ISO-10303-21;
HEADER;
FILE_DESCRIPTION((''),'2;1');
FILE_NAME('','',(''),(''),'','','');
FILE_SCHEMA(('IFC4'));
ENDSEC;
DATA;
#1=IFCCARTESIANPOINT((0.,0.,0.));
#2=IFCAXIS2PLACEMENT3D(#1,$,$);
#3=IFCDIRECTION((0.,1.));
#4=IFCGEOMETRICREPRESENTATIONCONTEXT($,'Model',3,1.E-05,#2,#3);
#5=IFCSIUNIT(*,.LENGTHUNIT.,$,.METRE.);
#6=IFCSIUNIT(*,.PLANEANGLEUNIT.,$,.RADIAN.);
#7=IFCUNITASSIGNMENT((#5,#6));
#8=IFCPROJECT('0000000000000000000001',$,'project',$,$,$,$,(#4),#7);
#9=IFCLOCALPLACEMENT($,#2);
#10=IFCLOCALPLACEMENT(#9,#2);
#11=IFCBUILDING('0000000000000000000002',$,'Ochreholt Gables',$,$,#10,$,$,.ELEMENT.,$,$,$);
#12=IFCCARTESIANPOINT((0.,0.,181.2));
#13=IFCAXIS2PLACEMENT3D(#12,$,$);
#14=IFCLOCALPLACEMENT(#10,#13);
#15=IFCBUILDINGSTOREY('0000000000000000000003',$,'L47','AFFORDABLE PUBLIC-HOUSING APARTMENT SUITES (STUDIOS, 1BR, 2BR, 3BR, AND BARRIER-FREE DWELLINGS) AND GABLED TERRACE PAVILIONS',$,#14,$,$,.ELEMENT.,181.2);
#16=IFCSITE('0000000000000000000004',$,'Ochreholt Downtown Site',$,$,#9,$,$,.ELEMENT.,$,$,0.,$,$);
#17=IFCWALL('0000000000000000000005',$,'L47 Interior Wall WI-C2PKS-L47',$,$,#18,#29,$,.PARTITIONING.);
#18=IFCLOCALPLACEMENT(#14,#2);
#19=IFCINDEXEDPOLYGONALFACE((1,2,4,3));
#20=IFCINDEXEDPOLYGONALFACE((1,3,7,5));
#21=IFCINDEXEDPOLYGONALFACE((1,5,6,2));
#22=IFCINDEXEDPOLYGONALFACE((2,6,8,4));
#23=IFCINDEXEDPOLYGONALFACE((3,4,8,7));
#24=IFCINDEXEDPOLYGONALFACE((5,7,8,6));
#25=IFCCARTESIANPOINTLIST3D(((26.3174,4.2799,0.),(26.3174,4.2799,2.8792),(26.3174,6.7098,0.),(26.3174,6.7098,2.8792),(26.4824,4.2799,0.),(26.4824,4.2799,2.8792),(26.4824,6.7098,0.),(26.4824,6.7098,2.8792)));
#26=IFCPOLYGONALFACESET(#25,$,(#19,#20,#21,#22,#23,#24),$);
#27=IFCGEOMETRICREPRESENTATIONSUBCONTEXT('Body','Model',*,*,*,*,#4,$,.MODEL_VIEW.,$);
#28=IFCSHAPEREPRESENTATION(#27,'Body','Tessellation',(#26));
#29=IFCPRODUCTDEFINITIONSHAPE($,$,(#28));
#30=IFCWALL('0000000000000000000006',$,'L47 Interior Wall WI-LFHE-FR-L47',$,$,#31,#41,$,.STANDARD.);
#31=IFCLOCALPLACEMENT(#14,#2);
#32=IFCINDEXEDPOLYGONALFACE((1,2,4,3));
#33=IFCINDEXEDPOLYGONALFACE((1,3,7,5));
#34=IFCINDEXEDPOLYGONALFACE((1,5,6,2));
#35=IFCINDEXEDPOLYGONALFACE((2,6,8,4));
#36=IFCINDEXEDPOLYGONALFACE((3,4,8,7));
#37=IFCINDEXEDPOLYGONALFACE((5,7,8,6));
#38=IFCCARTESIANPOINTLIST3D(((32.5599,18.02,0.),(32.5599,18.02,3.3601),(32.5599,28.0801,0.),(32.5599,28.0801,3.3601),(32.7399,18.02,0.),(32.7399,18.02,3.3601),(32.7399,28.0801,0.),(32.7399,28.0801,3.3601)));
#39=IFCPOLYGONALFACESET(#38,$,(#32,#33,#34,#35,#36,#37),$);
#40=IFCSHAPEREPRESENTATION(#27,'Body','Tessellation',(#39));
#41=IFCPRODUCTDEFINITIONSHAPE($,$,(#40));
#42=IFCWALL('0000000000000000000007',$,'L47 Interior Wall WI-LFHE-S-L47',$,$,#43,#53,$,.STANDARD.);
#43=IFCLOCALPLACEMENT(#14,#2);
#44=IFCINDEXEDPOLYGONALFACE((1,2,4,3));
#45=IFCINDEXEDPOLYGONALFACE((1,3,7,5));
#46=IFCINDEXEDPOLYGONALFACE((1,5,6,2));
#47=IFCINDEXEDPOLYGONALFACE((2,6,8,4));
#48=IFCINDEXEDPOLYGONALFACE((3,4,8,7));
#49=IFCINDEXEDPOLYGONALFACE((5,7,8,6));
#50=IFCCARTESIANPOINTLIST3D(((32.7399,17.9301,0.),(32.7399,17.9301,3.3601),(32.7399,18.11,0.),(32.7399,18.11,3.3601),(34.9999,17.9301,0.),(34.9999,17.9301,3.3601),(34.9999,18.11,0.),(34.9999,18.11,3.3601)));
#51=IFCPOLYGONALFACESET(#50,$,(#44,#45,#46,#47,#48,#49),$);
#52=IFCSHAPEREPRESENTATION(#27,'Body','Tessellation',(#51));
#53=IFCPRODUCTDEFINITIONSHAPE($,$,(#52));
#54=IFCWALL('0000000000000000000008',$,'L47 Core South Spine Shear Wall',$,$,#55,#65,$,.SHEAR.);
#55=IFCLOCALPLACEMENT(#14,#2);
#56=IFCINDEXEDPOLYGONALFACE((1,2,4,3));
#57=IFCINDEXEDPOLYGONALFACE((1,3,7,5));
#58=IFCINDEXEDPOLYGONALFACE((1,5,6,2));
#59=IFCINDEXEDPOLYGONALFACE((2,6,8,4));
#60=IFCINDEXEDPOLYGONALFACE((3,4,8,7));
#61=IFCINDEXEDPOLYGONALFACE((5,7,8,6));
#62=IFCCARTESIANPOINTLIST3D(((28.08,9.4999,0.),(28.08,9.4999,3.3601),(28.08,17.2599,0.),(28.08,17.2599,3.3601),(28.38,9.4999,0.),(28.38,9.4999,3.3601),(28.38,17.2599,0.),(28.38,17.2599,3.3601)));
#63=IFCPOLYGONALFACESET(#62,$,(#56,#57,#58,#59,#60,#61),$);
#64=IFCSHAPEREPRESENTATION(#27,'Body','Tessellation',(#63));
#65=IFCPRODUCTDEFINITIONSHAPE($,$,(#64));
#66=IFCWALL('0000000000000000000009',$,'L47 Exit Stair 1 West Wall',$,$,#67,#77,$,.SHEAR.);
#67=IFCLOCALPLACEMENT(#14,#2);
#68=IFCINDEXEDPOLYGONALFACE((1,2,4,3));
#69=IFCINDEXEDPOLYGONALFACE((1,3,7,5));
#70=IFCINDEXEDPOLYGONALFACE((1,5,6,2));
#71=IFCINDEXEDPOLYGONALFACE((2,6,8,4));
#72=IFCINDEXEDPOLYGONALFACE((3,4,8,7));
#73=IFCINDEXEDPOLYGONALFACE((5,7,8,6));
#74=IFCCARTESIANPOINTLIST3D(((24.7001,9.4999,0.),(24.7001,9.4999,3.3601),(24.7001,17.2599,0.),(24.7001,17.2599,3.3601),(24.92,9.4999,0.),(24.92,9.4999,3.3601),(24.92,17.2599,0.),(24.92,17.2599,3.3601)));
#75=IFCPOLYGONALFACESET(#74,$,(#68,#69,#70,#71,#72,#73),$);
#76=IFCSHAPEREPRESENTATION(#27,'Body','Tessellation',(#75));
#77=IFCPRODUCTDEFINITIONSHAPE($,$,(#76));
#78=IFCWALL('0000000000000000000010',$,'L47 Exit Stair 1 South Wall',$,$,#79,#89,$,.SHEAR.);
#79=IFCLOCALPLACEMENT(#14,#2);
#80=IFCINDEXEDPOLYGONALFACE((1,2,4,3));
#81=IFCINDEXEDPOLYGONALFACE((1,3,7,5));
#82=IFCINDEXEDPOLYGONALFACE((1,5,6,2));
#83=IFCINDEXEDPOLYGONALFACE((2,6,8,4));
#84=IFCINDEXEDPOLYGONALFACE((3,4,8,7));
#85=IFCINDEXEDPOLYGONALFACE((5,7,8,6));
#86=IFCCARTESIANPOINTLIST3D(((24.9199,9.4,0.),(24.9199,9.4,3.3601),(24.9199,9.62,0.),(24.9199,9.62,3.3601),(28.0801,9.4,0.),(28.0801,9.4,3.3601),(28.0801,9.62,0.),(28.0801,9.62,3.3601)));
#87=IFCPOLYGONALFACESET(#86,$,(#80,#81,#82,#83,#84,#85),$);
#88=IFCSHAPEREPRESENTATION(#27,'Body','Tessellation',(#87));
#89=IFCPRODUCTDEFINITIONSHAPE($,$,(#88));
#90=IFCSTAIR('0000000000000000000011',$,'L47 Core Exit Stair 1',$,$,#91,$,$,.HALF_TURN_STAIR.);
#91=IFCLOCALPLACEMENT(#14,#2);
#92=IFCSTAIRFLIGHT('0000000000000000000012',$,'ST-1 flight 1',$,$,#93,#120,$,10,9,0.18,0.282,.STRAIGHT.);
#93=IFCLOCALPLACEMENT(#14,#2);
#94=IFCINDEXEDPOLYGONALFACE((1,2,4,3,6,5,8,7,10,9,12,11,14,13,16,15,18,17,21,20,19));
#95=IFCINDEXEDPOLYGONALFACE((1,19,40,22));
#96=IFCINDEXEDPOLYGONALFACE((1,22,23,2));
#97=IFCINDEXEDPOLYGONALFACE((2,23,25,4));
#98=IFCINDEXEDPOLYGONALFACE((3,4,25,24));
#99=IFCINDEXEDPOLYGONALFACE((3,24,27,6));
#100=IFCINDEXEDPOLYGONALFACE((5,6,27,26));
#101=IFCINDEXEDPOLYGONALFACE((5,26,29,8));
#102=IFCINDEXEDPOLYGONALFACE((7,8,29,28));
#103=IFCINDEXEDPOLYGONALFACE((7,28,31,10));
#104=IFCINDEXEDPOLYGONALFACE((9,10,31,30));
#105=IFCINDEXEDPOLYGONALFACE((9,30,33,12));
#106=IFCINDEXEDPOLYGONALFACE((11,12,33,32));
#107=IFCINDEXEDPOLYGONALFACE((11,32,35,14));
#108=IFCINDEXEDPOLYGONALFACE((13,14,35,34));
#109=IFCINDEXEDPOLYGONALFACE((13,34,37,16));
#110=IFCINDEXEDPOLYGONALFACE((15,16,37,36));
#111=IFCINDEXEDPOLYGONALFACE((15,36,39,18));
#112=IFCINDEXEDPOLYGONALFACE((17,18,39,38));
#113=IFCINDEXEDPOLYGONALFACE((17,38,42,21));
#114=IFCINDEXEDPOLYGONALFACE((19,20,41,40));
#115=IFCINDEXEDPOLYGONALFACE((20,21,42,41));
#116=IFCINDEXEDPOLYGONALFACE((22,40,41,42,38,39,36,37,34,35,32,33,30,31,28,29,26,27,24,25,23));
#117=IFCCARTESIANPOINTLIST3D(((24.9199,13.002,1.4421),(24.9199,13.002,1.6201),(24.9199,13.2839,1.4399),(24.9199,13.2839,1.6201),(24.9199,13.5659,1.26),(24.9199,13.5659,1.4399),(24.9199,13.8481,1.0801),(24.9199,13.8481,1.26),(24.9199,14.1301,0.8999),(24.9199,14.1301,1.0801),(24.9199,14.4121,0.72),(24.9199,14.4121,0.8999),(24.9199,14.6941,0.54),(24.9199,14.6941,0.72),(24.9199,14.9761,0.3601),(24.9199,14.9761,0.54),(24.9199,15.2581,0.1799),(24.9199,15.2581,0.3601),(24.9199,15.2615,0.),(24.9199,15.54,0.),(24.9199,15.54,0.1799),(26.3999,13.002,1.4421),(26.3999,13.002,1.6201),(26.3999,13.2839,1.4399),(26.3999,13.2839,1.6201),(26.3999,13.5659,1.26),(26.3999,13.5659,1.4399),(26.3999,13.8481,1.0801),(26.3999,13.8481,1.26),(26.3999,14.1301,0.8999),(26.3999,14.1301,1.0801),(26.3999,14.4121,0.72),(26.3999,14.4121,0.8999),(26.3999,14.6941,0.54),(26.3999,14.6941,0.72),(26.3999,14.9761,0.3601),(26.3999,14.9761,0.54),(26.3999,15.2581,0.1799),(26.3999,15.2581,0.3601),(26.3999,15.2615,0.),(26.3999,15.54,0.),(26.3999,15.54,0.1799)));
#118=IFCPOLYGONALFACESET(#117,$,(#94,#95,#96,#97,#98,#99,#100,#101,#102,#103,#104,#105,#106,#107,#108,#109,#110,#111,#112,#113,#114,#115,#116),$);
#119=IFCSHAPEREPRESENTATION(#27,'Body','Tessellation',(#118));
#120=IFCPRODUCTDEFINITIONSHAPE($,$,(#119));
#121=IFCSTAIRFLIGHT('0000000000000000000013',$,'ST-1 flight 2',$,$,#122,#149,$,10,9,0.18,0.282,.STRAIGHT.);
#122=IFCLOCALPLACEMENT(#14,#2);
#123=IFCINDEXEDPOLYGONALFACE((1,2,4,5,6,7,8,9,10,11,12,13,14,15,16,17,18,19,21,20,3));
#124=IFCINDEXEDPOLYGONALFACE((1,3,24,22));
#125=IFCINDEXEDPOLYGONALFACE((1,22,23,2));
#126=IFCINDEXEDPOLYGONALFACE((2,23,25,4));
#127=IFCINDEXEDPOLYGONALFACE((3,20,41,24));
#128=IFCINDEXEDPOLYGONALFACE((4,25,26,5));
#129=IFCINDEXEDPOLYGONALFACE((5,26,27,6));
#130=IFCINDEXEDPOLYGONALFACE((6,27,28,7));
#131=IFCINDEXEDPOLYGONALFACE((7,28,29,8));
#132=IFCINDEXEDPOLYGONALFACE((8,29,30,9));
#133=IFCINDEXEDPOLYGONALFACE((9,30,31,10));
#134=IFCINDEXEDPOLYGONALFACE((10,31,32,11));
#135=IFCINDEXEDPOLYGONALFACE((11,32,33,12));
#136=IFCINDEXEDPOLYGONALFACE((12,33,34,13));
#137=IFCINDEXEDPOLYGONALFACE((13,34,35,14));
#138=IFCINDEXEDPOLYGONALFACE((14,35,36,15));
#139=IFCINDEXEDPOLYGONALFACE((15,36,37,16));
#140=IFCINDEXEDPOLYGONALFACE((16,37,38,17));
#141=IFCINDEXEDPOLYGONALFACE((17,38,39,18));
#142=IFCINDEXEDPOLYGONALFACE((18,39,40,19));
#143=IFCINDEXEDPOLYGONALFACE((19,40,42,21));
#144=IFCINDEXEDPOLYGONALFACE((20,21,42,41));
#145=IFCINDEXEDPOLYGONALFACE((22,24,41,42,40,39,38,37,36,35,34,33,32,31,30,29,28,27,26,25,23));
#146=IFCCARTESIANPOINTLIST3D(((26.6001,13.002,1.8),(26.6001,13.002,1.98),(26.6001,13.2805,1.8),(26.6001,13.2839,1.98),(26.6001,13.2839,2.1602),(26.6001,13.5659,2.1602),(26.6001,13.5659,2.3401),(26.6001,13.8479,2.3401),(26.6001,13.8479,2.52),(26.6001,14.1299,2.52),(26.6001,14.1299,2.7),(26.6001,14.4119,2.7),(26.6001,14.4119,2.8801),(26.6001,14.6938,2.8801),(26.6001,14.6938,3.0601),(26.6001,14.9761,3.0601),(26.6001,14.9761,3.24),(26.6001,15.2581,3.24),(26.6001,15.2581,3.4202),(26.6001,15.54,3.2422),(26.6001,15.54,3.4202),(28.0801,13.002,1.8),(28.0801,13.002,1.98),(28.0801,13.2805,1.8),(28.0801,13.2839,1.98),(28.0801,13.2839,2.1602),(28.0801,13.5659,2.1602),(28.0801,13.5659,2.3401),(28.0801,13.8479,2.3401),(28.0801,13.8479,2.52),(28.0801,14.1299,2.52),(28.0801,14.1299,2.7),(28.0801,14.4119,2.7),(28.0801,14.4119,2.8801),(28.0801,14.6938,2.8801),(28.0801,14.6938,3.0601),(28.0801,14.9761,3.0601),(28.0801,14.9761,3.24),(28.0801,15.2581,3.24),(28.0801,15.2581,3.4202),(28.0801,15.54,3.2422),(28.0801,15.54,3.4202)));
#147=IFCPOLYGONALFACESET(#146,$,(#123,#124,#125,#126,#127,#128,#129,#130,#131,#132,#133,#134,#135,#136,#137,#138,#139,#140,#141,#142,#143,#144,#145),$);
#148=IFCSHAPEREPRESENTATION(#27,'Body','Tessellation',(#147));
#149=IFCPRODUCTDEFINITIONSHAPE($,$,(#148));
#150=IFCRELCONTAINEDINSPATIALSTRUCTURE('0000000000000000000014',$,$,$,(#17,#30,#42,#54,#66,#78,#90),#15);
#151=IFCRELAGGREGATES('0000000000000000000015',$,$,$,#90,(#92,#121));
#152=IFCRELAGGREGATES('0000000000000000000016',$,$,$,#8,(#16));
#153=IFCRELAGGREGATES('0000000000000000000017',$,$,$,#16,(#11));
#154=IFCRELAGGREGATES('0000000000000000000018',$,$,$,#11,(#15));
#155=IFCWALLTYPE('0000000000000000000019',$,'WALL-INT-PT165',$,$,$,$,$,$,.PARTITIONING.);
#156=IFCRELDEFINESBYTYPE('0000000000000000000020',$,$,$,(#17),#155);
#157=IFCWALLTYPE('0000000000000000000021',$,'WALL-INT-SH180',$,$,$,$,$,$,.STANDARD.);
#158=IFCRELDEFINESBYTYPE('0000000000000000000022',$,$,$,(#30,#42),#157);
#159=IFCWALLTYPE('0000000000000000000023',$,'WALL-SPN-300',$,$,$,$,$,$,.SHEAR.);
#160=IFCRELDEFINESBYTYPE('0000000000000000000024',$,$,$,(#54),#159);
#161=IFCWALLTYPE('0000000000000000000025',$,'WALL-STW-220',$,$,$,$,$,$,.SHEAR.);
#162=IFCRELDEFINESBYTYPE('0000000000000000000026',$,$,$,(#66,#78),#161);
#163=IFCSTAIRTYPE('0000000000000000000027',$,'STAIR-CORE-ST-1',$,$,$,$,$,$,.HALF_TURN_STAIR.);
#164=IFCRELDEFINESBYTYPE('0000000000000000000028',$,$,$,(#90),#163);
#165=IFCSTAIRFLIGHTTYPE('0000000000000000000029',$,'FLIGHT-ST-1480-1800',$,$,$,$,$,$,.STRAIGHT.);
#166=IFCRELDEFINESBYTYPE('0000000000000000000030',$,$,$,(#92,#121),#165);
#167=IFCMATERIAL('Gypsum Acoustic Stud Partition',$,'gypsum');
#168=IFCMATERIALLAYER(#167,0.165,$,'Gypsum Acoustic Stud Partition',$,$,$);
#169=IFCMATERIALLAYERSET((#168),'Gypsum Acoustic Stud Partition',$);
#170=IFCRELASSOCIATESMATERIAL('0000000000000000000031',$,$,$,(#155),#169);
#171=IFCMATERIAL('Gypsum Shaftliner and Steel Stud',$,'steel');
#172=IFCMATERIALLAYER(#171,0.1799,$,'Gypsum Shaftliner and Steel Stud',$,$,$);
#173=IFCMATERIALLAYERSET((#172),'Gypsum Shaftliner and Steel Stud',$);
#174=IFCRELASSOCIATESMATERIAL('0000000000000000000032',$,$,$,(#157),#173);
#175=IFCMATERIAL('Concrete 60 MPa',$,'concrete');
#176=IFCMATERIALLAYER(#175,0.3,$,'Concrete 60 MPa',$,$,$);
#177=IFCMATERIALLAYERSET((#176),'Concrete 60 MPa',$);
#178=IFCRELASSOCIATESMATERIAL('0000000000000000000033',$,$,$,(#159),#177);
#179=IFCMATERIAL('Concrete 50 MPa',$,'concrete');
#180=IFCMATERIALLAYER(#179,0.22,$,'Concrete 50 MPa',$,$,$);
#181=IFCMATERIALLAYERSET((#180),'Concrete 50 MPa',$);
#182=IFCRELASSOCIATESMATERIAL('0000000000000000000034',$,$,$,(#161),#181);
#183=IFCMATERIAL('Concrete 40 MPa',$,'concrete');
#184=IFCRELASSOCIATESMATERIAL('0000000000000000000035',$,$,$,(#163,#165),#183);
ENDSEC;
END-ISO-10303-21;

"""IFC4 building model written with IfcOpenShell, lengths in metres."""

from ifc_helpers import new_model, si_unit, direction, frame, frame_2d, origin, place, context, subcontext, project, spatial, polyline, rectangle, outline, extrude, material, layer, layer_set, type_object, element, aggregate, save


model = new_model("IFC4")

# Units and contexts
model_context = context("Model", 3, precision=1e-05, world=origin(), true_north=direction((0.0, 1.0)))
body_context = subcontext(model_context, "Body", "Model", "MODEL_VIEW")
ifc_project = project(units=[si_unit("LENGTHUNIT", "METRE"), si_unit("PLANEANGLEUNIT", "RADIAN")], contexts=[model_context])

# Site, building, storey
site_placement = place(None, origin())
site = spatial("IfcSite", under=ifc_project, at=site_placement, Name="Ochreholt Downtown Site", CompositionType="ELEMENT", RefElevation=0.0)
building_placement = place(site_placement, origin())
building = spatial("IfcBuilding", under=site, at=building_placement, Name="Ochreholt Gables", CompositionType="ELEMENT")
storey_placement = place(building_placement, frame((0.0, 0.0, 181.2)))
storey = spatial("IfcBuildingStorey", under=building, at=storey_placement, Name="L47", Description="AFFORDABLE PUBLIC-HOUSING APARTMENT SUITES (STUDIOS, 1BR, 2BR, 3BR, AND BARRIER-FREE DWELLINGS) AND GABLED TERRACE PAVILIONS", CompositionType="ELEMENT", Elevation=181.2)

# Shared definitions
ifc_material_1 = material(Name="Concrete 50 MPa", Category="concrete")

# Shared definitions
ifc_material_2 = material(Name="Concrete 60 MPa", Category="concrete")
ifc_material_3 = material(Name="Concrete 40 MPa", Category="concrete")

# Shared definitions
ifc_material_4 = material(Name="Gypsum Acoustic Stud Partition", Category="gypsum")
ifc_layer_1 = layer(ifc_material_4, 0.165, Name="Gypsum Acoustic Stud Partition")
ifc_layer_set_1 = layer_set([ifc_layer_1], Name="Gypsum Acoustic Stud Partition")
wall_type_1 = type_object("IfcWallType", Name="WALL-INT-PT165", PredefinedType="PARTITIONING", material=ifc_layer_set_1)

# Walls
wall_1_placement = place(storey_placement, frame((26.3999, 4.28, 0.0), z_axis=(0.0, 0.0, 1.0), x_axis=(0.0, 1.0, 0.0)))
element("IfcWall", 1, at=wall_1_placement, inside=storey, type_object=wall_type_1, Name="L47 Interior Wall WI-C2PKS-L47", PredefinedType="PARTITIONING", context=body_context, shape_type="SweptSolid", body=[
    extrude(rectangle(XDim=2.4299, YDim=0.165, at=frame_2d((1.2148, 0.0))), origin(), (0.0, 0.0, 1.0), 2.8792),
])
ifc_material_5 = material(Name="Gypsum Shaftliner and Steel Stud", Category="steel")
ifc_layer_2 = layer(ifc_material_5, 0.1799, Name="Gypsum Shaftliner and Steel Stud")
ifc_layer_set_2 = layer_set([ifc_layer_2], Name="Gypsum Shaftliner and Steel Stud")
wall_type_2 = type_object("IfcWallType", Name="WALL-INT-SH180", PredefinedType="STANDARD", material=ifc_layer_set_2)
wall_2_placement = place(storey_placement, frame((32.6499, 18.02, 0.0), z_axis=(0.0, 0.0, 1.0), x_axis=(0.0, 1.0, 0.0)))
element("IfcWall", 2, at=wall_2_placement, inside=storey, type_object=wall_type_2, Name="L47 Interior Wall WI-LFHE-FR-L47", PredefinedType="STANDARD", context=body_context, shape_type="SweptSolid", body=[
    extrude(rectangle(XDim=10.0601, YDim=0.1799, at=frame_2d((5.03, 0.0))), origin(), (0.0, 0.0, 1.0), 3.3601),
])
wall_3_placement = place(storey_placement, frame((32.74, 18.02, 0.0), z_axis=(0.0, 0.0, 1.0), x_axis=(1.0, 0.0, 0.0)))
element("IfcWall", 3, at=wall_3_placement, inside=storey, type_object=wall_type_2, Name="L47 Interior Wall WI-LFHE-S-L47", PredefinedType="STANDARD", context=body_context, shape_type="SweptSolid", body=[
    extrude(rectangle(XDim=2.26, YDim=0.1799, at=frame_2d((1.1299, 0.0))), origin(), (0.0, 0.0, 1.0), 3.3601),
])
ifc_layer_3 = layer(ifc_material_2, 0.3, Name="Concrete 60 MPa")
ifc_layer_set_3 = layer_set([ifc_layer_3], Name="Concrete 60 MPa")
wall_type_3 = type_object("IfcWallType", Name="WALL-SPN-300", PredefinedType="SHEAR", material=ifc_layer_set_3)
wall_4_placement = place(storey_placement, frame((28.23, 9.5, 0.0), z_axis=(0.0, 0.0, 1.0), x_axis=(0.0, 1.0, 0.0)))
element("IfcWall", 4, at=wall_4_placement, inside=storey, type_object=wall_type_3, Name="L47 Core South Spine Shear Wall", PredefinedType="SHEAR", context=body_context, shape_type="SweptSolid", body=[
    extrude(rectangle(XDim=7.76, YDim=0.3, at=frame_2d((3.8799, 0.0))), origin(), (0.0, 0.0, 1.0), 3.3601),
])
ifc_layer_4 = layer(ifc_material_1, 0.22, Name="Concrete 50 MPa")
ifc_layer_set_4 = layer_set([ifc_layer_4], Name="Concrete 50 MPa")
wall_type_4 = type_object("IfcWallType", Name="WALL-STW-220", PredefinedType="SHEAR", material=ifc_layer_set_4)
wall_5_placement = place(storey_placement, frame((24.8101, 9.5, 0.0), z_axis=(0.0, 0.0, 1.0), x_axis=(0.0, 1.0, 0.0)))
element("IfcWall", 5, at=wall_5_placement, inside=storey, type_object=wall_type_4, Name="L47 Exit Stair 1 West Wall", PredefinedType="SHEAR", context=body_context, shape_type="SweptSolid", body=[
    extrude(rectangle(XDim=7.76, YDim=0.22, at=frame_2d((3.8799, 0.0))), origin(), (0.0, 0.0, 1.0), 3.3601),
])
wall_6_placement = place(storey_placement, frame((24.9199, 9.51, 0.0), z_axis=(0.0, 0.0, 1.0), x_axis=(1.0, 0.0, 0.0)))
element("IfcWall", 6, at=wall_6_placement, inside=storey, type_object=wall_type_4, Name="L47 Exit Stair 1 South Wall", PredefinedType="SHEAR", context=body_context, shape_type="SweptSolid", body=[
    extrude(rectangle(XDim=3.1602, YDim=0.22, at=frame_2d((1.5801, 0.0))), origin(), (0.0, 0.0, 1.0), 3.3601),
])

# Stair, stair flights
stair_type = type_object("IfcStairType", Name="STAIR-CORE-ST-1", PredefinedType="HALF_TURN_STAIR", material=ifc_material_3)
stair_placement = place(storey_placement, origin())
stair = element("IfcStair", 7, at=stair_placement, inside=storey, type_object=stair_type, Name="L47 Core Exit Stair 1", PredefinedType="HALF_TURN_STAIR")
stair_flight_type = type_object("IfcStairFlightType", Name="FLIGHT-ST-1480-1800", PredefinedType="STRAIGHT", material=ifc_material_3)
stair_flight_1_placement = place(storey_placement, frame((25.6599, 15.54, 0.0), z_axis=(0.0, 0.0, 1.0), x_axis=(0.0, -1.0, 0.0)))
stair_flight_1 = element("IfcStairFlight", 8, at=stair_flight_1_placement, type_object=stair_flight_type, Name="ST-1 flight 1", NumberOfRisers=10, NumberOfTreads=9, PredefinedType="STRAIGHT", RiserHeight=0.18, TreadLength=0.282, context=body_context, shape_type="SweptSolid", body=[
    extrude(outline(polyline([(0.0, 0.0), (0.0, 0.1799), (0.282, 0.1799), (0.282, 0.3601), (0.564, 0.3601), (0.564, 0.54), (0.8459, 0.54), (0.8459, 0.72), (1.1279, 0.72), (1.1279, 0.8999), (1.4099, 0.8999), (1.4099, 1.0801), (1.6919, 1.0801), (1.6919, 1.26), (1.9741, 1.26), (1.9741, 1.4399), (2.2561, 1.4399), (2.2561, 1.6201), (2.5381, 1.6201), (2.5381, 1.8), (2.5381, 1.4421), (0.2786, 0.0), (0.0, 0.0)])), frame((0.0, 0.74, 0.0), z_axis=(0.0, -1.0, 0.0), x_axis=(1.0, 0.0, 0.0)), (0.0, 0.0, 1.0), 1.48),
])
stair_flight_2_placement = place(storey_placement, frame((27.3401, 13.002, 1.8), z_axis=(0.0, 0.0, 1.0), x_axis=(0.0, 1.0, 0.0)))
stair_flight_2 = element("IfcStairFlight", 9, at=stair_flight_2_placement, type_object=stair_flight_type, Name="ST-1 flight 2", NumberOfRisers=10, NumberOfTreads=9, PredefinedType="STRAIGHT", RiserHeight=0.18, TreadLength=0.282, context=body_context, shape_type="SweptSolid", body=[
    extrude(outline(polyline([(0.0, 0.0), (0.0, 0.1799), (0.282, 0.1799), (0.282, 0.3601), (0.564, 0.3601), (0.564, 0.54), (0.8459, 0.54), (0.8459, 0.72), (1.1279, 0.72), (1.1279, 0.8999), (1.4099, 0.8999), (1.4099, 1.0801), (1.6919, 1.0801), (1.6919, 1.26), (1.9741, 1.26), (1.9741, 1.4399), (2.2561, 1.4399), (2.2561, 1.6201), (2.5381, 1.6201), (2.5381, 1.8), (2.5381, 1.4421), (0.2786, 0.0), (0.0, 0.0)])), frame((0.0, 0.74, 0.0), z_axis=(0.0, -1.0, 0.0), x_axis=(1.0, 0.0, 0.0)), (0.0, 0.0, 1.0), 1.48),
])
aggregate(stair, [stair_flight_1, stair_flight_2])

save(model, "model.ifc")
